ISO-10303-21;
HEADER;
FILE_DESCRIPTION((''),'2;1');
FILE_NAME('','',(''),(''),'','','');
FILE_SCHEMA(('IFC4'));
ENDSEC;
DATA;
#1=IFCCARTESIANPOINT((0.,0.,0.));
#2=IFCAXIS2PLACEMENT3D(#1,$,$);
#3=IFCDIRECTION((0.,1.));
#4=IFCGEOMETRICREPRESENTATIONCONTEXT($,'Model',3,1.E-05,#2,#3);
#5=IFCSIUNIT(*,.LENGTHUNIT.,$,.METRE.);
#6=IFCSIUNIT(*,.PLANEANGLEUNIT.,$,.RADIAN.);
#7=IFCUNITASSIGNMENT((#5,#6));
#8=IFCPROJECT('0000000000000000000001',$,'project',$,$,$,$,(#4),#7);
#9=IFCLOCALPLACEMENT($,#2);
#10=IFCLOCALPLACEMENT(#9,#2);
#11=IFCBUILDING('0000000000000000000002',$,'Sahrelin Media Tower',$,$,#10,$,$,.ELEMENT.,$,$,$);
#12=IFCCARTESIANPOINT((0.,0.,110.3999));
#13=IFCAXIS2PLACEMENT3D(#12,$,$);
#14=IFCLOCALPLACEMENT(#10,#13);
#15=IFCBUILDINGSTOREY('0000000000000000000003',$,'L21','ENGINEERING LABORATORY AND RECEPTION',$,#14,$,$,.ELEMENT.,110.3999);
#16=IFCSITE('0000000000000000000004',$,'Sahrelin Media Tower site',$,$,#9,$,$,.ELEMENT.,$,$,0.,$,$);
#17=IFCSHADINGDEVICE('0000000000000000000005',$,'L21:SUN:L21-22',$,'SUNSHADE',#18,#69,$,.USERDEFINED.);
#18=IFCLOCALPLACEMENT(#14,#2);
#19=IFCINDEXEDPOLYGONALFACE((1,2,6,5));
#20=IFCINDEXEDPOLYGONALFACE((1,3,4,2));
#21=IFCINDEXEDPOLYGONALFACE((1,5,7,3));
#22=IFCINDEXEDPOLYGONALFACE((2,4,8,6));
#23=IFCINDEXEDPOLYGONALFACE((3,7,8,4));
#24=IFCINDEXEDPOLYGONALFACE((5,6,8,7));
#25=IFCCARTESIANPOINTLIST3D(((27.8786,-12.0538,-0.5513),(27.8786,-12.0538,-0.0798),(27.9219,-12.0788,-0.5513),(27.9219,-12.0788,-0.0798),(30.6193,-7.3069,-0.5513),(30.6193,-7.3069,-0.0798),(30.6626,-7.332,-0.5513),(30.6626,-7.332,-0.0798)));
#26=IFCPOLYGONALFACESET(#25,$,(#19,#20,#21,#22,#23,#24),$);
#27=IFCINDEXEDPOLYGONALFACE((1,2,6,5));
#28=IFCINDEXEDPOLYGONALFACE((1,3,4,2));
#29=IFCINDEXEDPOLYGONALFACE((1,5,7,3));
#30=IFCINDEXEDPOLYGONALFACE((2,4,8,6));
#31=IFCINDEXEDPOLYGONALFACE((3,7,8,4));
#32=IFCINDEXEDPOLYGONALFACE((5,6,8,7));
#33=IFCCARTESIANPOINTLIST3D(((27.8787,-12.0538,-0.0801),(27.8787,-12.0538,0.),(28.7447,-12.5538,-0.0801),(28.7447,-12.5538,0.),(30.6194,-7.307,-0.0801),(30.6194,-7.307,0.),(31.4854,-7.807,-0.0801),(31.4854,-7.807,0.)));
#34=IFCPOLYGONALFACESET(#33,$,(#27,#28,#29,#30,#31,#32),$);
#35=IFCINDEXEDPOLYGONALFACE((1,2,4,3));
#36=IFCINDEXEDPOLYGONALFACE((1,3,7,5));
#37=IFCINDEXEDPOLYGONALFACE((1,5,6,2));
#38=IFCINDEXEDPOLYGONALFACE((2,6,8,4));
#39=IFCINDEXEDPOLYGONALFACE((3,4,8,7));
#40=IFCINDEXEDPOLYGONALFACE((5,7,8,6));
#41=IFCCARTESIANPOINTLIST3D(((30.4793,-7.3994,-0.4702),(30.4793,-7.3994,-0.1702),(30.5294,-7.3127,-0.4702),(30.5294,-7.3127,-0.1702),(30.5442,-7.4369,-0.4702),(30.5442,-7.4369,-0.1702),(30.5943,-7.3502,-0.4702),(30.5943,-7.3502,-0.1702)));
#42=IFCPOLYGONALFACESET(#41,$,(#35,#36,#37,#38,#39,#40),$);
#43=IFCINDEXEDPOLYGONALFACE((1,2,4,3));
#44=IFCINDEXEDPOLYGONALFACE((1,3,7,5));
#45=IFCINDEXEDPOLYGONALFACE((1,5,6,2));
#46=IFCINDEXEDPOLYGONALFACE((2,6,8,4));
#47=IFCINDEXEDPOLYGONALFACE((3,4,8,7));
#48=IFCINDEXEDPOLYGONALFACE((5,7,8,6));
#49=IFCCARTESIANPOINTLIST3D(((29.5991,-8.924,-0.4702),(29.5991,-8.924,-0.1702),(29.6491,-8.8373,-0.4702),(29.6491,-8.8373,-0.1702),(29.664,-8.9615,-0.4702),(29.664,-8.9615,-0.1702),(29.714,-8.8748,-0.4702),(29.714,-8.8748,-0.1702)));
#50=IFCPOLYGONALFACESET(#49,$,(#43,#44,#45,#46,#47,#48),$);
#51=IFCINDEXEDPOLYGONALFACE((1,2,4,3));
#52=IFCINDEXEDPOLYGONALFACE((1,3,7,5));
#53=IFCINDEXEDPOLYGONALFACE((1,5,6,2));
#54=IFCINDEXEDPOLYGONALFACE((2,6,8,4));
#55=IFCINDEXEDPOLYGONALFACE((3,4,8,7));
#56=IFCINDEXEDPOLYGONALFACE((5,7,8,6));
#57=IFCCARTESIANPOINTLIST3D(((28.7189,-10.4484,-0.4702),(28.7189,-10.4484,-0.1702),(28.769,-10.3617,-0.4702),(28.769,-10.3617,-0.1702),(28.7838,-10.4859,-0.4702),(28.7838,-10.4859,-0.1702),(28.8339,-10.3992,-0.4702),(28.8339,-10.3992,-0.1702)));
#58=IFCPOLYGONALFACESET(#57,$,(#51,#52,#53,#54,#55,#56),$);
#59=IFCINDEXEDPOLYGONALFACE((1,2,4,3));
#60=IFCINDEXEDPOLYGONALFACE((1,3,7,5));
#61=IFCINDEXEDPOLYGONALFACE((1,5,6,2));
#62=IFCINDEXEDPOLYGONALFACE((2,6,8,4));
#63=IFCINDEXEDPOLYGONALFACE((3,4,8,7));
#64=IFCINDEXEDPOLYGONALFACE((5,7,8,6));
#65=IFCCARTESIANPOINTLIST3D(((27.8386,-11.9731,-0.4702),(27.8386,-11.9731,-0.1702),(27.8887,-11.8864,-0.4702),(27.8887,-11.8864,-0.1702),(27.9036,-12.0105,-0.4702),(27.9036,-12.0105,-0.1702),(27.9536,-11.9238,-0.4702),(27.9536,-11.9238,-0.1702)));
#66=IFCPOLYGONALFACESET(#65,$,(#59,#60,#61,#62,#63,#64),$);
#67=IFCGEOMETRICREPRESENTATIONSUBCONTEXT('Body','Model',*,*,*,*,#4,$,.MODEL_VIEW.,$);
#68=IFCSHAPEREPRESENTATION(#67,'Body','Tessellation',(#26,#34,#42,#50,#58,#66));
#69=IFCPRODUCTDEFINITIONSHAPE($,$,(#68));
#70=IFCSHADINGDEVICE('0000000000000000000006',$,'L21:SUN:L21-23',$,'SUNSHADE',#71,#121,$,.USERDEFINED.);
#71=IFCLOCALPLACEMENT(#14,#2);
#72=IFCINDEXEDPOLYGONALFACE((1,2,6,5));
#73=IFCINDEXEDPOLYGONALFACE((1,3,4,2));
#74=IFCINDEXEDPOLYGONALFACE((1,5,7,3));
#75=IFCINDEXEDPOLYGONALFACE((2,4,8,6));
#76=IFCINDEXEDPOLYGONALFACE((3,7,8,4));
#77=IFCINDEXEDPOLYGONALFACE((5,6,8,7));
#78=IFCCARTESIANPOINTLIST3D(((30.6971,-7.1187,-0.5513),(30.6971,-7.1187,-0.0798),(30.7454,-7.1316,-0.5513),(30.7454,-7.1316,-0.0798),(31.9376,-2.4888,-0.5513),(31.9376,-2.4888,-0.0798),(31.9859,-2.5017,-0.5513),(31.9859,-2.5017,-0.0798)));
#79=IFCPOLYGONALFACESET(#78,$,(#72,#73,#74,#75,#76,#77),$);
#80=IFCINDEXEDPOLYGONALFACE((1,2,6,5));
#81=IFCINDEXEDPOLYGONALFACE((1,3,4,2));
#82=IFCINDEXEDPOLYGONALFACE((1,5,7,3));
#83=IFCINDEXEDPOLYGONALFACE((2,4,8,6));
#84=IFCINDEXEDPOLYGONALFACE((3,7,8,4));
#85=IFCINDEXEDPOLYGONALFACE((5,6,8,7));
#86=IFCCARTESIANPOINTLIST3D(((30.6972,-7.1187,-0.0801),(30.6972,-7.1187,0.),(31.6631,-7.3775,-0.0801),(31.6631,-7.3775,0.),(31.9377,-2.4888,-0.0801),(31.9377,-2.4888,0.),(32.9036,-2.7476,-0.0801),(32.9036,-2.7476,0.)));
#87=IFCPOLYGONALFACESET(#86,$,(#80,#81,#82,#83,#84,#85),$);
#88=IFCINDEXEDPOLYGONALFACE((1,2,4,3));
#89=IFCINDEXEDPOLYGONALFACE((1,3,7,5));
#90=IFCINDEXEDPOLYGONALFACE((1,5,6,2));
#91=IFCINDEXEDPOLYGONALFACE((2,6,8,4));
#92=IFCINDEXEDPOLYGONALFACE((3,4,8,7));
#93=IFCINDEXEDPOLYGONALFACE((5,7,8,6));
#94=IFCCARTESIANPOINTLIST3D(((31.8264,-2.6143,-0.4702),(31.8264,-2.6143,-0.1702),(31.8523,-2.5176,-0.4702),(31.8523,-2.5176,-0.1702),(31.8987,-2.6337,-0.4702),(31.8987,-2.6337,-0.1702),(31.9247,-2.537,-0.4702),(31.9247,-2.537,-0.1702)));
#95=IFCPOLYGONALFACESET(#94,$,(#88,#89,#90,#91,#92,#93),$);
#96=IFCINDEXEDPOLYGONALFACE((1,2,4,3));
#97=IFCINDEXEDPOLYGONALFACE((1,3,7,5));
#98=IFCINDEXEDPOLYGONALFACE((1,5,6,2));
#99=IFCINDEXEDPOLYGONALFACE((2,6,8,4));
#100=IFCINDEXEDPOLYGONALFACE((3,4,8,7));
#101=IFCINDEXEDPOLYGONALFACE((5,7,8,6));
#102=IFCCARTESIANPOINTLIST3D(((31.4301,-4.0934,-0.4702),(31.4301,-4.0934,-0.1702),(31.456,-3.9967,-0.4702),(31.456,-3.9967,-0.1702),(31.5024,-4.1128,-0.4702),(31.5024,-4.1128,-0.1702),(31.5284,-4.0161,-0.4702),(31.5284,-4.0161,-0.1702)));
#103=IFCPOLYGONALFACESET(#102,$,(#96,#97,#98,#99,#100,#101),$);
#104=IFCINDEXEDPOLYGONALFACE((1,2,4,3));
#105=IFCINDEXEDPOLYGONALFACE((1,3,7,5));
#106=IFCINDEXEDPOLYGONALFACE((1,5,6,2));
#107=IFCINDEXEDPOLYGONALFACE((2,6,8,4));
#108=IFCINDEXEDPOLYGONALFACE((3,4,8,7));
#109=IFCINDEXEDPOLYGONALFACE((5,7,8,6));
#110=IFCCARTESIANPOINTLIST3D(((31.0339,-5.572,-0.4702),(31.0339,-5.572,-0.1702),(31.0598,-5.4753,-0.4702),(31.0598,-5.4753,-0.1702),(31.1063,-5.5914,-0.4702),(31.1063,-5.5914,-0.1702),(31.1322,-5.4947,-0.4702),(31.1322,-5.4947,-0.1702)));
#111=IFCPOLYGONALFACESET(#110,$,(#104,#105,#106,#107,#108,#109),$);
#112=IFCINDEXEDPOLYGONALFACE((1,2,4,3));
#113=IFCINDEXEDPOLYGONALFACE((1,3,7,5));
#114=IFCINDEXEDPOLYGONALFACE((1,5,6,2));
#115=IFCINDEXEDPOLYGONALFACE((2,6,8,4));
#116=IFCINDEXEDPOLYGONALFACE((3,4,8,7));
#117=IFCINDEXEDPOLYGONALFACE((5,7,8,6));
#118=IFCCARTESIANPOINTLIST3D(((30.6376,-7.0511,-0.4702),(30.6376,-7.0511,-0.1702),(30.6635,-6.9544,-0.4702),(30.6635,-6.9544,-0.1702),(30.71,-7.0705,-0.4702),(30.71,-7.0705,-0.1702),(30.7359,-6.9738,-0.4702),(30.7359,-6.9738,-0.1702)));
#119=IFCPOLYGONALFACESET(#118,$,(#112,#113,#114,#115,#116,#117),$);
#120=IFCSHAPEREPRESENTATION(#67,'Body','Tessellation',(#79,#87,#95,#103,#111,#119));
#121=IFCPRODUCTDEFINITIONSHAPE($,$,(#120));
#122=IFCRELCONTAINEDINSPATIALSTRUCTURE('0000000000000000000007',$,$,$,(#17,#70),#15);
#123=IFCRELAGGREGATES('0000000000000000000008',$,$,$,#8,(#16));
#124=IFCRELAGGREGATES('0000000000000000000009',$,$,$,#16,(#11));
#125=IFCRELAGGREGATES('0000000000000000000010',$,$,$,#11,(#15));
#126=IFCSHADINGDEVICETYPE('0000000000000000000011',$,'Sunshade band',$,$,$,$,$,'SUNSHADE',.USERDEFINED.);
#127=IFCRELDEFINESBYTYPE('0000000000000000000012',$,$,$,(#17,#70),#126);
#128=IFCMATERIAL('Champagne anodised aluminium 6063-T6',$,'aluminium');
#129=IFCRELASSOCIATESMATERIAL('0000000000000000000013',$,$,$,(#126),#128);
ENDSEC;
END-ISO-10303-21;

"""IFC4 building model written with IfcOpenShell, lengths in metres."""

from ifc_helpers import new_model, si_unit, direction, frame, origin, origin_2d, place, context, subcontext, project, spatial, rectangle, extrude, material, type_object, element, save


model = new_model("IFC4")

# Units and contexts
model_context = context("Model", 3, precision=1e-05, world=origin(), true_north=direction((0.0, 1.0)))
body_context = subcontext(model_context, "Body", "Model", "MODEL_VIEW")
ifc_project = project(units=[si_unit("LENGTHUNIT", "METRE"), si_unit("PLANEANGLEUNIT", "RADIAN")], contexts=[model_context])

# Site, building, storey
site_placement = place(None, origin())
site = spatial("IfcSite", under=ifc_project, at=site_placement, Name="Sahrelin Media Tower site", CompositionType="ELEMENT", RefElevation=0.0)
building_placement = place(site_placement, origin())
building = spatial("IfcBuilding", under=site, at=building_placement, Name="Sahrelin Media Tower", CompositionType="ELEMENT")
storey_placement = place(building_placement, frame((0.0, 0.0, 110.3999)))
storey = spatial("IfcBuildingStorey", under=building, at=storey_placement, Name="L21", Description="ENGINEERING LABORATORY AND RECEPTION", CompositionType="ELEMENT", Elevation=110.3999)

# Shared definitions
ifc_material_1 = material(Name="Champagne anodised aluminium 6063-T6", Category="aluminium")

# Shading devices
placement_1 = place(storey_placement, frame((29.2317, -9.6704, 0.0), z_axis=(0.0, 0.0, 1.0), x_axis=(-0.500011, -0.866019, 0.0)))
placement_2 = place(storey_placement, frame((31.2981, -4.7986, 0.0), z_axis=(0.0, 0.0, 1.0), x_axis=(-0.258808, -0.965929, 0.0)))
shading_device_type_1 = type_object("IfcShadingDeviceType", Name="Sunshade band", ElementType="SUNSHADE", PredefinedType="USERDEFINED", material=ifc_material_1)
element("IfcShadingDevice", 1, at=placement_1, inside=storey, type_object=shading_device_type_1, Name="L21:SUN:L21-22", ObjectType="SUNSHADE", PredefinedType="USERDEFINED", context=body_context, shape_type="SweptSolid", body=[
    extrude(rectangle(XDim=5.4812, YDim=0.05, at=origin_2d()), frame((0.0, 0.0449, -0.5513)), (0.0, 0.0, 1.0), 0.4714),
    extrude(rectangle(XDim=5.4812, YDim=1.0, at=origin_2d()), frame((0.0, 0.52, -0.0801)), (0.0, 0.0, 1.0), 0.0801),
    extrude(rectangle(XDim=0.1001, YDim=0.075, at=origin_2d()), frame((-2.6406, -0.0176, -0.4702)), (0.0, 0.0, 1.0), 0.3),
    extrude(rectangle(XDim=0.1001, YDim=0.075, at=origin_2d()), frame((-0.8801, -0.0176, -0.4702)), (0.0, 0.0, 1.0), 0.3),
    extrude(rectangle(XDim=0.1001, YDim=0.075, at=origin_2d()), frame((0.8801, -0.0176, -0.4702)), (0.0, 0.0, 1.0), 0.3),
    extrude(rectangle(XDim=0.1001, YDim=0.075, at=origin_2d()), frame((2.6406, -0.0176, -0.4702)), (0.0, 0.0, 1.0), 0.3),
])
element("IfcShadingDevice", 2, at=placement_2, inside=storey, type_object=shading_device_type_1, Name="L21:SUN:L21-23", ObjectType="SUNSHADE", PredefinedType="USERDEFINED", context=body_context, shape_type="SweptSolid", body=[
    extrude(rectangle(XDim=4.7932, YDim=0.05, at=origin_2d()), frame((0.0, 0.0449, -0.5513)), (0.0, 0.0, 1.0), 0.4714),
    extrude(rectangle(XDim=4.7932, YDim=1.0, at=origin_2d()), frame((0.0, 0.52, -0.0801)), (0.0, 0.0, 1.0), 0.0801),
    extrude(rectangle(XDim=0.1001, YDim=0.075, at=origin_2d()), frame((-2.2966, -0.0176, -0.4702)), (0.0, 0.0, 1.0), 0.3),
    extrude(rectangle(XDim=0.1001, YDim=0.075, at=origin_2d()), frame((-0.7654, -0.0176, -0.4702)), (0.0, 0.0, 1.0), 0.3),
    extrude(rectangle(XDim=0.1001, YDim=0.075, at=origin_2d()), frame((0.7654, -0.0176, -0.4702)), (0.0, 0.0, 1.0), 0.3),
    extrude(rectangle(XDim=0.1001, YDim=0.075, at=origin_2d()), frame((2.2966, -0.0176, -0.4702)), (0.0, 0.0, 1.0), 0.3),
])

save(model, "model.ifc")
